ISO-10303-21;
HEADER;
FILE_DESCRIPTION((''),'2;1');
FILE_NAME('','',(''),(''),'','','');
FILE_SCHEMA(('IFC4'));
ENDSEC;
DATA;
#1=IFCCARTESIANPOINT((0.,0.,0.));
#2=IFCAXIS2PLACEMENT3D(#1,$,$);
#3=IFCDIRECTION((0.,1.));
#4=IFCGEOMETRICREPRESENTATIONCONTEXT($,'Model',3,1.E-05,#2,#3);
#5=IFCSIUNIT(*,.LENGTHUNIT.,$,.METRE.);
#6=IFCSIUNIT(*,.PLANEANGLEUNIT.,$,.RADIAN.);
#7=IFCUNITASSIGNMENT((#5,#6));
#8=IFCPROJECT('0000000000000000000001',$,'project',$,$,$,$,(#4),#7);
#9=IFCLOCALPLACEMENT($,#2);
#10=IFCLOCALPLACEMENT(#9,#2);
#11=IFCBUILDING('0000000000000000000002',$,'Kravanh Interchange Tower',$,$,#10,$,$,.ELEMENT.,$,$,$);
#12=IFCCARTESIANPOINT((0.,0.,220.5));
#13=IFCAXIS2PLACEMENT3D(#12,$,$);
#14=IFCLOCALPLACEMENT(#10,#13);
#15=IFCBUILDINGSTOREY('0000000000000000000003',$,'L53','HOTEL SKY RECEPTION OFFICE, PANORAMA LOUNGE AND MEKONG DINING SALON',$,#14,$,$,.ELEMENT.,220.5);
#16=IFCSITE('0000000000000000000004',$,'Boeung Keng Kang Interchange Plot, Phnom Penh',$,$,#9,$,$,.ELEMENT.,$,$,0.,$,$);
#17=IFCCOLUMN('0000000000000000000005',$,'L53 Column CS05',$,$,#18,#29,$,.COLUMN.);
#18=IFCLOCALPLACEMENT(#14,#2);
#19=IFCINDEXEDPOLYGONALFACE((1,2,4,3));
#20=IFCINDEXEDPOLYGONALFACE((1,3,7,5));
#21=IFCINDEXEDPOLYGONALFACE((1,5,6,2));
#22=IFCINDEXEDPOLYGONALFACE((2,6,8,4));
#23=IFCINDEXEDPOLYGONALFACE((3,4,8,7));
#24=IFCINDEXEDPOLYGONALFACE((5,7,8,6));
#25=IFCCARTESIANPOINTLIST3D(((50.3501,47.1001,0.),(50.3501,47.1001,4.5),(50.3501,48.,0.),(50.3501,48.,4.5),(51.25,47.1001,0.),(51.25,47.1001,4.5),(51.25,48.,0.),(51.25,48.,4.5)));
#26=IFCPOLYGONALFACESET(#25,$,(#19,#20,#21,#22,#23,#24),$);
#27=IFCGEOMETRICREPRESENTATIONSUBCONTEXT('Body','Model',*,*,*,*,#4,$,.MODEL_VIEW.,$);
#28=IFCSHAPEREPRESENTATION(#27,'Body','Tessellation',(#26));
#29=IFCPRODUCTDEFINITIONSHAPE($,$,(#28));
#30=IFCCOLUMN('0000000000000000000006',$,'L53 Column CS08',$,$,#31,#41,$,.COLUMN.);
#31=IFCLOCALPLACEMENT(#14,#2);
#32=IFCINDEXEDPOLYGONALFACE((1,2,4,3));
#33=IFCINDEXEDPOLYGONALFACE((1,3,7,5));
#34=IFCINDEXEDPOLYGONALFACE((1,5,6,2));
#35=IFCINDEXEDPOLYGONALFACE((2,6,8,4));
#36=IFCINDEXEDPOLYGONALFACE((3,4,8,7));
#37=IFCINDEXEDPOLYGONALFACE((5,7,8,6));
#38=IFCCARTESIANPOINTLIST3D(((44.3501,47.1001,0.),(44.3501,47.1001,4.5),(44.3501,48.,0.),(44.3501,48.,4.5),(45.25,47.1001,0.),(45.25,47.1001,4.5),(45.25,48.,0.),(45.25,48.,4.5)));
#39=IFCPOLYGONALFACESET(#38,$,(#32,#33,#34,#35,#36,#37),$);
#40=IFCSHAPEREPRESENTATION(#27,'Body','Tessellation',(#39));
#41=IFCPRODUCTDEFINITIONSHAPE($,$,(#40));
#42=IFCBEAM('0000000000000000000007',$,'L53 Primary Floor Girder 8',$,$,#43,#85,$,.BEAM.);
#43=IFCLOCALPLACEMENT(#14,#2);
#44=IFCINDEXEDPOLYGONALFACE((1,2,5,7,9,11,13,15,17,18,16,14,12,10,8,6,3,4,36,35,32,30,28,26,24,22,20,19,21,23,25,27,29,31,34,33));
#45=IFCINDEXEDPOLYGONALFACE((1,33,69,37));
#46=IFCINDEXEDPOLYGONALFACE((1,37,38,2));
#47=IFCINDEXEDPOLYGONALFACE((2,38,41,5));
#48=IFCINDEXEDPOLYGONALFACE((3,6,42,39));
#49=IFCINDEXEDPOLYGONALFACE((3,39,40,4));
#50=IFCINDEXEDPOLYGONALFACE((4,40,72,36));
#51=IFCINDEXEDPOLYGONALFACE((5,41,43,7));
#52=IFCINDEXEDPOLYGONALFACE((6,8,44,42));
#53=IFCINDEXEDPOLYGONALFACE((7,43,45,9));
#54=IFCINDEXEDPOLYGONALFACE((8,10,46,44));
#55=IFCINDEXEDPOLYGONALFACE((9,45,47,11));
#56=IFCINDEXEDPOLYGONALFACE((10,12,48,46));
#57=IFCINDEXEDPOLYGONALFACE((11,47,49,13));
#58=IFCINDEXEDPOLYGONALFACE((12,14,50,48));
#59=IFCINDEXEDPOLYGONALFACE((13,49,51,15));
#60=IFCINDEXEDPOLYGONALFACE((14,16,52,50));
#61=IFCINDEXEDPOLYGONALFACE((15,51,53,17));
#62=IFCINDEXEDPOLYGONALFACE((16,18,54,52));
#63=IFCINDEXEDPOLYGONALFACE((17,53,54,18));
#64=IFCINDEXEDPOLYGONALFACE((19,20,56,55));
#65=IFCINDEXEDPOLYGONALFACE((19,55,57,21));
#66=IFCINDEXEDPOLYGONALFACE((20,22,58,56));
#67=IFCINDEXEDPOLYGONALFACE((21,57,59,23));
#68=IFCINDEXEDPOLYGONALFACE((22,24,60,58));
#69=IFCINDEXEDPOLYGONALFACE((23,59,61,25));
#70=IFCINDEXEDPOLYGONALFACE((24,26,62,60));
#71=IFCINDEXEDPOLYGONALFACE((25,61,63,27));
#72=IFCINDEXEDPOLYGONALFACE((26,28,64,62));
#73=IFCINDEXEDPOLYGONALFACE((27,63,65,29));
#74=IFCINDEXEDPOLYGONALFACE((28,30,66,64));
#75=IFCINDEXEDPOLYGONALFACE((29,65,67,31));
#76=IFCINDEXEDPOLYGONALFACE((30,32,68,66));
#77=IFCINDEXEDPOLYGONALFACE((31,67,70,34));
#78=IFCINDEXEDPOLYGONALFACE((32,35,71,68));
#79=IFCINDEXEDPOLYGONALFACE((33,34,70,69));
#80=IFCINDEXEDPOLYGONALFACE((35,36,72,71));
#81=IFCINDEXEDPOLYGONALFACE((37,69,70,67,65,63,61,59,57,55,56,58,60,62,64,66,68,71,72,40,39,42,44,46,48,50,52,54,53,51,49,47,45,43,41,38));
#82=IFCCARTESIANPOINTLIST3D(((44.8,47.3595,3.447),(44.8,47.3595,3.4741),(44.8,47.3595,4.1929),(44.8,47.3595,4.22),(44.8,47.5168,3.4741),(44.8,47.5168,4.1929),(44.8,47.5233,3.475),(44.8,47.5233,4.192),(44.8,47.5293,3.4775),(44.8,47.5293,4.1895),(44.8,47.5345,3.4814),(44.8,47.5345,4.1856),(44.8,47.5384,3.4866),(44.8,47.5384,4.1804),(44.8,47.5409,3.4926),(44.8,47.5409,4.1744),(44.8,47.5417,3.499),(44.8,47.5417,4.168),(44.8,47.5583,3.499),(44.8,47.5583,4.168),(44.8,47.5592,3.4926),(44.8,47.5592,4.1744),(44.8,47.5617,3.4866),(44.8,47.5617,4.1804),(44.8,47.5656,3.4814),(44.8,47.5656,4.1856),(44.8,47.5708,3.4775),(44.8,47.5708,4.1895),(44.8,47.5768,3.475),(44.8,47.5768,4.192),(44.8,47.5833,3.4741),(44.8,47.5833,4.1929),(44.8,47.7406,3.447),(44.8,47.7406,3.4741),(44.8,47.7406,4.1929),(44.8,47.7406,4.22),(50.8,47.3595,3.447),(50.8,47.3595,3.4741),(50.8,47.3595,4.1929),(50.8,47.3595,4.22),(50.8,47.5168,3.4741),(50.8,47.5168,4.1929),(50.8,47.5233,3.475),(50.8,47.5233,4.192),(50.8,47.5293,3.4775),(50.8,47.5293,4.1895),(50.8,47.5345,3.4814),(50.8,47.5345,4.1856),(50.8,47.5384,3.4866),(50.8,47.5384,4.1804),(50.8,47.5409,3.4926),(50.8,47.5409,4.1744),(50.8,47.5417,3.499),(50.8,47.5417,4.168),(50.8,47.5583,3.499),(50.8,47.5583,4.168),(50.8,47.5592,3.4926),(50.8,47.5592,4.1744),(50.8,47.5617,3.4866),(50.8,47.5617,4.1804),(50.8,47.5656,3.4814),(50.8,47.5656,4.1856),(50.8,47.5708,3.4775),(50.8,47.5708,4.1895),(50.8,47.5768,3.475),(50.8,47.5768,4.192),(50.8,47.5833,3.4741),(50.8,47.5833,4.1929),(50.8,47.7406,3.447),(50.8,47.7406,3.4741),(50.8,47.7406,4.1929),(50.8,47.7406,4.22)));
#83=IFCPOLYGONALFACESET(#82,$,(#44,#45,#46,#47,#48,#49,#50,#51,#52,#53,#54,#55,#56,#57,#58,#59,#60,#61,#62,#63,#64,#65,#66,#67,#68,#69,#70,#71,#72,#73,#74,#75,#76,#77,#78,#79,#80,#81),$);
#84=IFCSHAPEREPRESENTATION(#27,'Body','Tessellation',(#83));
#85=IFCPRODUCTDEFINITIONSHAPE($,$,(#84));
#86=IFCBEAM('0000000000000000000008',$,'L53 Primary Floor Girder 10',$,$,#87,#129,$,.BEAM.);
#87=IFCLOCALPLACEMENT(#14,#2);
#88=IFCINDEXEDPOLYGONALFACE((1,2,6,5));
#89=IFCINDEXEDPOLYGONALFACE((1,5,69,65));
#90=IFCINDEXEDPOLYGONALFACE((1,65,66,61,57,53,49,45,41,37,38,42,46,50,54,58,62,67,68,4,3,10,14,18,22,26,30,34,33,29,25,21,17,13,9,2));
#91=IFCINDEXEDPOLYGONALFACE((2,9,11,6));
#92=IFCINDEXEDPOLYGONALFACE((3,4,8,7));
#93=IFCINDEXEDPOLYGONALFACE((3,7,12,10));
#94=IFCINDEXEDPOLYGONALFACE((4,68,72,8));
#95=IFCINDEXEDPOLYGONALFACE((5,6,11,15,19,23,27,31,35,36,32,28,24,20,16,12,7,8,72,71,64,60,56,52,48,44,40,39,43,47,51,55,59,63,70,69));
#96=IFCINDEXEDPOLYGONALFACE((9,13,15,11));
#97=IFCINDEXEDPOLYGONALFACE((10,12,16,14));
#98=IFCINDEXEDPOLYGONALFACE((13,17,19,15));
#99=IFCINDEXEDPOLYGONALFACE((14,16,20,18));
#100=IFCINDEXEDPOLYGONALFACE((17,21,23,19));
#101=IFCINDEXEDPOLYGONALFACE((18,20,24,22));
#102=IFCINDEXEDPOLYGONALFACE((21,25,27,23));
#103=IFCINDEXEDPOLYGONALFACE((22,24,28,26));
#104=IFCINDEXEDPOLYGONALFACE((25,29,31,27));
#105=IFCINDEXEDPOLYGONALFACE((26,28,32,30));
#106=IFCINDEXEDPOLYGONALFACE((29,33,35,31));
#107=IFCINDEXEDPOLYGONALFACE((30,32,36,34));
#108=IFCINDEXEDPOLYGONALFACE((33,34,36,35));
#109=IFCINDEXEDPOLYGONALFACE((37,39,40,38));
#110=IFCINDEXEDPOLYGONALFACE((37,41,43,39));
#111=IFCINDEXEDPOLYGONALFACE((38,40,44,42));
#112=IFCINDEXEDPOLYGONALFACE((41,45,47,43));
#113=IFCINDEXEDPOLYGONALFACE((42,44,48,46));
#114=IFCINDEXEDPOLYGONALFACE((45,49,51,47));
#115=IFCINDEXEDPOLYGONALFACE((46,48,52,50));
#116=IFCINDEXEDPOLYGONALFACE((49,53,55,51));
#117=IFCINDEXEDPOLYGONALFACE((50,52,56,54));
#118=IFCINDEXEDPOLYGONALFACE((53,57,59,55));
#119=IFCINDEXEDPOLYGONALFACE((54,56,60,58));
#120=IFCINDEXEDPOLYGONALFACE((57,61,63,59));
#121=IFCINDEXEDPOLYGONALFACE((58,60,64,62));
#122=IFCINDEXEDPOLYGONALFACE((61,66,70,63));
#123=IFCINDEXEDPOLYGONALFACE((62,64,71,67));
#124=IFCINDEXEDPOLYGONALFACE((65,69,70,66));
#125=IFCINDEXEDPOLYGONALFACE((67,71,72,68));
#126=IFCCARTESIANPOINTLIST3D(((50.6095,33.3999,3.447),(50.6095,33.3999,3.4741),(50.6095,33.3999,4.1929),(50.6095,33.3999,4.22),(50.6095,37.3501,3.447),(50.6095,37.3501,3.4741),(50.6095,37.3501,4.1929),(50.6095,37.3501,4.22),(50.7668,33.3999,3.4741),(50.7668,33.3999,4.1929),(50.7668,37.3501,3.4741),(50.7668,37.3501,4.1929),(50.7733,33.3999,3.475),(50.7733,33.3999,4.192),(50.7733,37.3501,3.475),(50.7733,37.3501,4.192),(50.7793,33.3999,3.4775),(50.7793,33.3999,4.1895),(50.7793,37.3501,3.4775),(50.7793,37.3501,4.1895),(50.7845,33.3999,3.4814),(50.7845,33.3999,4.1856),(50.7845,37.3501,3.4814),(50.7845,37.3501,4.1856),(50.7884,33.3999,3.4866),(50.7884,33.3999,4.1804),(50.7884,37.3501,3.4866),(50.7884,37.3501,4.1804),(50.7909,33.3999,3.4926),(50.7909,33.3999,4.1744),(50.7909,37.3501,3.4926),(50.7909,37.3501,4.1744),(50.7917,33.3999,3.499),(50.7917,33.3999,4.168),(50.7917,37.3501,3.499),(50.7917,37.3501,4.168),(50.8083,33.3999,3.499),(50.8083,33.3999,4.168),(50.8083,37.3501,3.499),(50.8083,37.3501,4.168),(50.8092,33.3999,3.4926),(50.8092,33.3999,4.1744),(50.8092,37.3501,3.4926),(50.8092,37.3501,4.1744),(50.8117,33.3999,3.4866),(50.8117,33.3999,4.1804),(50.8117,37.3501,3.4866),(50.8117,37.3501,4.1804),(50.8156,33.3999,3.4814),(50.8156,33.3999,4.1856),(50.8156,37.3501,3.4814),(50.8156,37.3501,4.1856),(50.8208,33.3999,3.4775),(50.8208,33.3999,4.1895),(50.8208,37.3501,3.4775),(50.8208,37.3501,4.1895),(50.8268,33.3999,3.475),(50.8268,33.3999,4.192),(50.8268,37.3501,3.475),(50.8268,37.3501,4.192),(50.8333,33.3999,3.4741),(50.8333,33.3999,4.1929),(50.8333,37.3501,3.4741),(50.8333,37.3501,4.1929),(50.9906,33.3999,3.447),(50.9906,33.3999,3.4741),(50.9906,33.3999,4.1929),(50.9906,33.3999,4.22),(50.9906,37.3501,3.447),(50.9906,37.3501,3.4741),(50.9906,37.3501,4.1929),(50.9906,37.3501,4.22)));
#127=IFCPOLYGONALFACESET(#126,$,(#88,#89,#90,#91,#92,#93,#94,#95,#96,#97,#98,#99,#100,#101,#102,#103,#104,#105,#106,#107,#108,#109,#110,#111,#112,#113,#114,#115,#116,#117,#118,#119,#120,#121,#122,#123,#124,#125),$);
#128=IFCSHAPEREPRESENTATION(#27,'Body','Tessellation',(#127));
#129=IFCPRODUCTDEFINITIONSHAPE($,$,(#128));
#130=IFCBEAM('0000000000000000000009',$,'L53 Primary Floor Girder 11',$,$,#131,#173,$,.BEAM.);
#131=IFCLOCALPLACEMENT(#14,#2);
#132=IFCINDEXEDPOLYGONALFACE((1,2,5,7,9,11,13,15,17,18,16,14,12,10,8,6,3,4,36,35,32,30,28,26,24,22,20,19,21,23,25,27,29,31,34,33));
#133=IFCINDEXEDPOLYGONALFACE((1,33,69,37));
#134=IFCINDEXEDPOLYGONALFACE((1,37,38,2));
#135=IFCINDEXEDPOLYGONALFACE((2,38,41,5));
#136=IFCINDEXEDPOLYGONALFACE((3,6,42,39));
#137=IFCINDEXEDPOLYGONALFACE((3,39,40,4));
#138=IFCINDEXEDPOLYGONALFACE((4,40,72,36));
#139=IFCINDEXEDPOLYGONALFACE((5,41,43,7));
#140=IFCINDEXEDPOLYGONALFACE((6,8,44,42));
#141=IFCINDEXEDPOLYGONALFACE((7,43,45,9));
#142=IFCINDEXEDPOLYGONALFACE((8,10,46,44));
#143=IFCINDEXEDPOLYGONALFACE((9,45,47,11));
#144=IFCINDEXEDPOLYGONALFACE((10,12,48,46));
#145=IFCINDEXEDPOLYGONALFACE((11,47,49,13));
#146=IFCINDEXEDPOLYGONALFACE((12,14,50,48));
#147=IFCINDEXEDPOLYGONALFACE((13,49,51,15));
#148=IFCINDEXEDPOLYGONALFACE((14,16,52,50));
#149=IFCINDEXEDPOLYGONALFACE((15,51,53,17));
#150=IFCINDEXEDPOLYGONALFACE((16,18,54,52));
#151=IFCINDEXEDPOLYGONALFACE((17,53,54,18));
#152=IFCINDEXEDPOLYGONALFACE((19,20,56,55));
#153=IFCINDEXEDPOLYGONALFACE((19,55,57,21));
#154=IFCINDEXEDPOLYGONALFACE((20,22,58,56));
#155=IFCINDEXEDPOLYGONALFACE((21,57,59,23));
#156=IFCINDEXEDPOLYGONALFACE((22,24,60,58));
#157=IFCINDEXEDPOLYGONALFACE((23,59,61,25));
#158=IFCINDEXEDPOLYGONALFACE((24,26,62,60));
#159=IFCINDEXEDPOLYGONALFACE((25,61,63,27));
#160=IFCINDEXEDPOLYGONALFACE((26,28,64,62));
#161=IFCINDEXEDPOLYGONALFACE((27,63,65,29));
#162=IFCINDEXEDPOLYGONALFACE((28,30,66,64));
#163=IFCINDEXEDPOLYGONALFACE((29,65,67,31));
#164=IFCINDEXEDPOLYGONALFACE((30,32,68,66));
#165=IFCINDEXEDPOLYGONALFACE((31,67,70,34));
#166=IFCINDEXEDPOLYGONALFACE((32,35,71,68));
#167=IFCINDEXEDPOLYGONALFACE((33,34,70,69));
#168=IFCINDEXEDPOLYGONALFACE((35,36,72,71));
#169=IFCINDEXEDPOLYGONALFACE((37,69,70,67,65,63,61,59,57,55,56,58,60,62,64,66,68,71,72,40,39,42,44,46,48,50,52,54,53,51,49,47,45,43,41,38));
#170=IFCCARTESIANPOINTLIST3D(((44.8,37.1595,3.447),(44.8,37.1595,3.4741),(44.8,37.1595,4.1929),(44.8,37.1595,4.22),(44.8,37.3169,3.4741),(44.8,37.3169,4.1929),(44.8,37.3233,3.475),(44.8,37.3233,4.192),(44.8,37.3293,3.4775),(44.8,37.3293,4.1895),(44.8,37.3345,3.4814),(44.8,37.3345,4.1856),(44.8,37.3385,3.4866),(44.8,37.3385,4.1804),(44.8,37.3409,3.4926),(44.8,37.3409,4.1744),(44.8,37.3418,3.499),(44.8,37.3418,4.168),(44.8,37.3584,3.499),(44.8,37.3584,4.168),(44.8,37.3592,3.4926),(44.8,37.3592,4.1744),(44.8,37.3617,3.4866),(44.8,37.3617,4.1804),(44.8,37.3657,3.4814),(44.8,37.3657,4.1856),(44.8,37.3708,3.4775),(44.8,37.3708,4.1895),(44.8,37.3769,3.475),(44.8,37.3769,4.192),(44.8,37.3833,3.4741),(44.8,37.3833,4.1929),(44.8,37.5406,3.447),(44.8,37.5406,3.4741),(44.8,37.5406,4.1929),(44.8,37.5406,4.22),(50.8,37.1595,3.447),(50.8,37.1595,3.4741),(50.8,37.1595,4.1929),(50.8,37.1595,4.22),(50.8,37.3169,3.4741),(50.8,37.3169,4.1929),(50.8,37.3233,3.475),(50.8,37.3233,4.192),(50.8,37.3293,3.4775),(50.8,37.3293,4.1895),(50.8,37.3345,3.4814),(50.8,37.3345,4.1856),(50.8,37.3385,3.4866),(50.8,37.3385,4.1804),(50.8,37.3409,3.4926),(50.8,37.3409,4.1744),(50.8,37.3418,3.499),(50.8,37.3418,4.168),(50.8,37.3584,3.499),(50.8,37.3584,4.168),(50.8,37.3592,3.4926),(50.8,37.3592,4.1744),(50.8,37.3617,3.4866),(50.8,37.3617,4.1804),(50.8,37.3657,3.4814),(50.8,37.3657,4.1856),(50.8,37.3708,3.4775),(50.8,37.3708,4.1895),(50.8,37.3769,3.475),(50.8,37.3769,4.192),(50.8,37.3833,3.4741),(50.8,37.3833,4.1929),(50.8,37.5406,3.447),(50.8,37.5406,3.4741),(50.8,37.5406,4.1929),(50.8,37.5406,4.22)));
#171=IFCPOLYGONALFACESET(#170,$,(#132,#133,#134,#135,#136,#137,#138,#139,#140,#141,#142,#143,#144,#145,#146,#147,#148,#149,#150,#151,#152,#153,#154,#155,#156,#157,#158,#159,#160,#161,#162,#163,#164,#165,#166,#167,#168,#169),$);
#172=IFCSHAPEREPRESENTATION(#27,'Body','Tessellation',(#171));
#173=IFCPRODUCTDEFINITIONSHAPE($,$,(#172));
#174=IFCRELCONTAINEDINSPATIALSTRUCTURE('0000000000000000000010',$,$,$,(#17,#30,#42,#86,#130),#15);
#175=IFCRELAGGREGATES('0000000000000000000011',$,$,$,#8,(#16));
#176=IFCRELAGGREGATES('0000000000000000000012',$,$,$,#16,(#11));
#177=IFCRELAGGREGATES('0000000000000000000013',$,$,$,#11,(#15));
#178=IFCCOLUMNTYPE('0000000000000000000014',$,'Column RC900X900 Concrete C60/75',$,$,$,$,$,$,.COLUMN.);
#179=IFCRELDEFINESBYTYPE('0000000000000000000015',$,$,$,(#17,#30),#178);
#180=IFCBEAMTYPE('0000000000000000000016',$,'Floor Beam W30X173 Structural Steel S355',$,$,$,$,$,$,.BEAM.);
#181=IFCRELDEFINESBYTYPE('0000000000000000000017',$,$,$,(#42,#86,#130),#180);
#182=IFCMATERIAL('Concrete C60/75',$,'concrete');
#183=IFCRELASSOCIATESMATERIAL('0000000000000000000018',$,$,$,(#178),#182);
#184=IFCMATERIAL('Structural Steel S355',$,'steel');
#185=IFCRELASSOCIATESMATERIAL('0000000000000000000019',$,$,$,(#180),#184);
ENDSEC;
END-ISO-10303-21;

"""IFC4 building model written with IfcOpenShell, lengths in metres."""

from ifc_helpers import new_model, si_unit, direction, frame, origin, origin_2d, place, context, subcontext, project, spatial, rectangle, i_section, extrude, material, material_profile, profile_set, type_object, element, save


model = new_model("IFC4")

# Units and contexts
model_context = context("Model", 3, precision=1e-05, world=origin(), true_north=direction((0.0, 1.0)))
body_context = subcontext(model_context, "Body", "Model", "MODEL_VIEW")
ifc_project = project(units=[si_unit("LENGTHUNIT", "METRE"), si_unit("PLANEANGLEUNIT", "RADIAN")], contexts=[model_context])

# Site, building, storey
site_placement = place(None, origin())
site = spatial("IfcSite", under=ifc_project, at=site_placement, Name="Boeung Keng Kang Interchange Plot, Phnom Penh", CompositionType="ELEMENT", RefElevation=0.0)
building_placement = place(site_placement, origin())
building = spatial("IfcBuilding", under=site, at=building_placement, Name="Kravanh Interchange Tower", CompositionType="ELEMENT")
storey_placement = place(building_placement, frame((0.0, 0.0, 220.5)))
storey = spatial("IfcBuildingStorey", under=building, at=storey_placement, Name="L53", Description="HOTEL SKY RECEPTION OFFICE, PANORAMA LOUNGE AND MEKONG DINING SALON", CompositionType="ELEMENT", Elevation=220.5)

# Columns
ifc_material_1 = material(Name="Concrete C60/75", Category="concrete")
ifc_material_profile_1 = material_profile(ifc_material_1, rectangle(XDim=0.8999, YDim=0.8999, at=origin_2d()), Name="RC900X900")
ifc_profile_set_1 = profile_set([ifc_material_profile_1], Name="Concrete C60/75")
column_type = type_object("IfcColumnType", Name="Column RC900X900 Concrete C60/75", PredefinedType="COLUMN", material=ifc_profile_set_1)
for number, where, z_axis, x_axis, name in (
    (1, (50.8, 47.55, 0.0), (0.0, 0.0, 1.0), (1.0, 0.0, 0.0), "L53 Column CS05"),
    (2, (44.8, 47.55, 0.0), (0.0, 0.0, 1.0), (1.0, 0.0, 0.0), "L53 Column CS08"),
):
    element("IfcColumn", number, at=place(storey_placement, frame(where, z_axis=z_axis, x_axis=x_axis)), inside=storey, type_object=column_type, Name=name, PredefinedType="COLUMN", context=body_context, shape_type="SweptSolid", body=[
        extrude(rectangle(XDim=0.8999, YDim=0.8999, at=origin_2d()), origin(), (0.0, 0.0, 1.0), 4.5),
    ])

# Beams
ifc_material_2 = material(Name="Structural Steel S355", Category="steel")
ifc_material_profile_2 = material_profile(ifc_material_2, i_section(OverallWidth=0.3811, OverallDepth=0.7729, WebThickness=0.0166, FlangeThickness=0.0271, FilletRadius=0.0249, at=origin_2d()), Name="W30X173")
ifc_profile_set_2 = profile_set([ifc_material_profile_2], Name="Structural Steel S355")
beam_type = type_object("IfcBeamType", Name="Floor Beam W30X173 Structural Steel S355", PredefinedType="BEAM", material=ifc_profile_set_2)
beam_1_placement = place(storey_placement, frame((50.8, 47.55, 3.8335), z_axis=(-1.0, 0.0, 0.0), x_axis=(0.0, -1.0, 0.0)))
element("IfcBeam", 3, at=beam_1_placement, inside=storey, type_object=beam_type, Name="L53 Primary Floor Girder 8", PredefinedType="BEAM", context=body_context, shape_type="SweptSolid", body=[
    extrude(i_section(OverallWidth=0.3811, OverallDepth=0.7729, WebThickness=0.0166, FlangeThickness=0.0271, FilletRadius=0.0249, at=origin_2d()), origin(), (0.0, 0.0, 1.0), 6.0),
])
beam_2_placement = place(storey_placement, frame((50.8, 37.3501, 3.8335), z_axis=(0.0, -1.0, 0.0), x_axis=(1.0, 0.0, 0.0)))
element("IfcBeam", 4, at=beam_2_placement, inside=storey, type_object=beam_type, Name="L53 Primary Floor Girder 10", PredefinedType="BEAM", context=body_context, shape_type="SweptSolid", body=[
    extrude(i_section(OverallWidth=0.3811, OverallDepth=0.7729, WebThickness=0.0166, FlangeThickness=0.0271, FilletRadius=0.0249, at=origin_2d()), origin(), (0.0, 0.0, 1.0), 3.9502),
])
beam_3_placement = place(storey_placement, frame((50.8, 37.3501, 3.8335), z_axis=(-1.0, 0.0, 0.0), x_axis=(0.0, -1.0, 0.0)))
element("IfcBeam", 5, at=beam_3_placement, inside=storey, type_object=beam_type, Name="L53 Primary Floor Girder 11", PredefinedType="BEAM", context=body_context, shape_type="SweptSolid", body=[
    extrude(i_section(OverallWidth=0.3811, OverallDepth=0.7729, WebThickness=0.0166, FlangeThickness=0.0271, FilletRadius=0.0249, at=origin_2d()), origin(), (0.0, 0.0, 1.0), 6.0),
])

save(model, "model.ifc")
